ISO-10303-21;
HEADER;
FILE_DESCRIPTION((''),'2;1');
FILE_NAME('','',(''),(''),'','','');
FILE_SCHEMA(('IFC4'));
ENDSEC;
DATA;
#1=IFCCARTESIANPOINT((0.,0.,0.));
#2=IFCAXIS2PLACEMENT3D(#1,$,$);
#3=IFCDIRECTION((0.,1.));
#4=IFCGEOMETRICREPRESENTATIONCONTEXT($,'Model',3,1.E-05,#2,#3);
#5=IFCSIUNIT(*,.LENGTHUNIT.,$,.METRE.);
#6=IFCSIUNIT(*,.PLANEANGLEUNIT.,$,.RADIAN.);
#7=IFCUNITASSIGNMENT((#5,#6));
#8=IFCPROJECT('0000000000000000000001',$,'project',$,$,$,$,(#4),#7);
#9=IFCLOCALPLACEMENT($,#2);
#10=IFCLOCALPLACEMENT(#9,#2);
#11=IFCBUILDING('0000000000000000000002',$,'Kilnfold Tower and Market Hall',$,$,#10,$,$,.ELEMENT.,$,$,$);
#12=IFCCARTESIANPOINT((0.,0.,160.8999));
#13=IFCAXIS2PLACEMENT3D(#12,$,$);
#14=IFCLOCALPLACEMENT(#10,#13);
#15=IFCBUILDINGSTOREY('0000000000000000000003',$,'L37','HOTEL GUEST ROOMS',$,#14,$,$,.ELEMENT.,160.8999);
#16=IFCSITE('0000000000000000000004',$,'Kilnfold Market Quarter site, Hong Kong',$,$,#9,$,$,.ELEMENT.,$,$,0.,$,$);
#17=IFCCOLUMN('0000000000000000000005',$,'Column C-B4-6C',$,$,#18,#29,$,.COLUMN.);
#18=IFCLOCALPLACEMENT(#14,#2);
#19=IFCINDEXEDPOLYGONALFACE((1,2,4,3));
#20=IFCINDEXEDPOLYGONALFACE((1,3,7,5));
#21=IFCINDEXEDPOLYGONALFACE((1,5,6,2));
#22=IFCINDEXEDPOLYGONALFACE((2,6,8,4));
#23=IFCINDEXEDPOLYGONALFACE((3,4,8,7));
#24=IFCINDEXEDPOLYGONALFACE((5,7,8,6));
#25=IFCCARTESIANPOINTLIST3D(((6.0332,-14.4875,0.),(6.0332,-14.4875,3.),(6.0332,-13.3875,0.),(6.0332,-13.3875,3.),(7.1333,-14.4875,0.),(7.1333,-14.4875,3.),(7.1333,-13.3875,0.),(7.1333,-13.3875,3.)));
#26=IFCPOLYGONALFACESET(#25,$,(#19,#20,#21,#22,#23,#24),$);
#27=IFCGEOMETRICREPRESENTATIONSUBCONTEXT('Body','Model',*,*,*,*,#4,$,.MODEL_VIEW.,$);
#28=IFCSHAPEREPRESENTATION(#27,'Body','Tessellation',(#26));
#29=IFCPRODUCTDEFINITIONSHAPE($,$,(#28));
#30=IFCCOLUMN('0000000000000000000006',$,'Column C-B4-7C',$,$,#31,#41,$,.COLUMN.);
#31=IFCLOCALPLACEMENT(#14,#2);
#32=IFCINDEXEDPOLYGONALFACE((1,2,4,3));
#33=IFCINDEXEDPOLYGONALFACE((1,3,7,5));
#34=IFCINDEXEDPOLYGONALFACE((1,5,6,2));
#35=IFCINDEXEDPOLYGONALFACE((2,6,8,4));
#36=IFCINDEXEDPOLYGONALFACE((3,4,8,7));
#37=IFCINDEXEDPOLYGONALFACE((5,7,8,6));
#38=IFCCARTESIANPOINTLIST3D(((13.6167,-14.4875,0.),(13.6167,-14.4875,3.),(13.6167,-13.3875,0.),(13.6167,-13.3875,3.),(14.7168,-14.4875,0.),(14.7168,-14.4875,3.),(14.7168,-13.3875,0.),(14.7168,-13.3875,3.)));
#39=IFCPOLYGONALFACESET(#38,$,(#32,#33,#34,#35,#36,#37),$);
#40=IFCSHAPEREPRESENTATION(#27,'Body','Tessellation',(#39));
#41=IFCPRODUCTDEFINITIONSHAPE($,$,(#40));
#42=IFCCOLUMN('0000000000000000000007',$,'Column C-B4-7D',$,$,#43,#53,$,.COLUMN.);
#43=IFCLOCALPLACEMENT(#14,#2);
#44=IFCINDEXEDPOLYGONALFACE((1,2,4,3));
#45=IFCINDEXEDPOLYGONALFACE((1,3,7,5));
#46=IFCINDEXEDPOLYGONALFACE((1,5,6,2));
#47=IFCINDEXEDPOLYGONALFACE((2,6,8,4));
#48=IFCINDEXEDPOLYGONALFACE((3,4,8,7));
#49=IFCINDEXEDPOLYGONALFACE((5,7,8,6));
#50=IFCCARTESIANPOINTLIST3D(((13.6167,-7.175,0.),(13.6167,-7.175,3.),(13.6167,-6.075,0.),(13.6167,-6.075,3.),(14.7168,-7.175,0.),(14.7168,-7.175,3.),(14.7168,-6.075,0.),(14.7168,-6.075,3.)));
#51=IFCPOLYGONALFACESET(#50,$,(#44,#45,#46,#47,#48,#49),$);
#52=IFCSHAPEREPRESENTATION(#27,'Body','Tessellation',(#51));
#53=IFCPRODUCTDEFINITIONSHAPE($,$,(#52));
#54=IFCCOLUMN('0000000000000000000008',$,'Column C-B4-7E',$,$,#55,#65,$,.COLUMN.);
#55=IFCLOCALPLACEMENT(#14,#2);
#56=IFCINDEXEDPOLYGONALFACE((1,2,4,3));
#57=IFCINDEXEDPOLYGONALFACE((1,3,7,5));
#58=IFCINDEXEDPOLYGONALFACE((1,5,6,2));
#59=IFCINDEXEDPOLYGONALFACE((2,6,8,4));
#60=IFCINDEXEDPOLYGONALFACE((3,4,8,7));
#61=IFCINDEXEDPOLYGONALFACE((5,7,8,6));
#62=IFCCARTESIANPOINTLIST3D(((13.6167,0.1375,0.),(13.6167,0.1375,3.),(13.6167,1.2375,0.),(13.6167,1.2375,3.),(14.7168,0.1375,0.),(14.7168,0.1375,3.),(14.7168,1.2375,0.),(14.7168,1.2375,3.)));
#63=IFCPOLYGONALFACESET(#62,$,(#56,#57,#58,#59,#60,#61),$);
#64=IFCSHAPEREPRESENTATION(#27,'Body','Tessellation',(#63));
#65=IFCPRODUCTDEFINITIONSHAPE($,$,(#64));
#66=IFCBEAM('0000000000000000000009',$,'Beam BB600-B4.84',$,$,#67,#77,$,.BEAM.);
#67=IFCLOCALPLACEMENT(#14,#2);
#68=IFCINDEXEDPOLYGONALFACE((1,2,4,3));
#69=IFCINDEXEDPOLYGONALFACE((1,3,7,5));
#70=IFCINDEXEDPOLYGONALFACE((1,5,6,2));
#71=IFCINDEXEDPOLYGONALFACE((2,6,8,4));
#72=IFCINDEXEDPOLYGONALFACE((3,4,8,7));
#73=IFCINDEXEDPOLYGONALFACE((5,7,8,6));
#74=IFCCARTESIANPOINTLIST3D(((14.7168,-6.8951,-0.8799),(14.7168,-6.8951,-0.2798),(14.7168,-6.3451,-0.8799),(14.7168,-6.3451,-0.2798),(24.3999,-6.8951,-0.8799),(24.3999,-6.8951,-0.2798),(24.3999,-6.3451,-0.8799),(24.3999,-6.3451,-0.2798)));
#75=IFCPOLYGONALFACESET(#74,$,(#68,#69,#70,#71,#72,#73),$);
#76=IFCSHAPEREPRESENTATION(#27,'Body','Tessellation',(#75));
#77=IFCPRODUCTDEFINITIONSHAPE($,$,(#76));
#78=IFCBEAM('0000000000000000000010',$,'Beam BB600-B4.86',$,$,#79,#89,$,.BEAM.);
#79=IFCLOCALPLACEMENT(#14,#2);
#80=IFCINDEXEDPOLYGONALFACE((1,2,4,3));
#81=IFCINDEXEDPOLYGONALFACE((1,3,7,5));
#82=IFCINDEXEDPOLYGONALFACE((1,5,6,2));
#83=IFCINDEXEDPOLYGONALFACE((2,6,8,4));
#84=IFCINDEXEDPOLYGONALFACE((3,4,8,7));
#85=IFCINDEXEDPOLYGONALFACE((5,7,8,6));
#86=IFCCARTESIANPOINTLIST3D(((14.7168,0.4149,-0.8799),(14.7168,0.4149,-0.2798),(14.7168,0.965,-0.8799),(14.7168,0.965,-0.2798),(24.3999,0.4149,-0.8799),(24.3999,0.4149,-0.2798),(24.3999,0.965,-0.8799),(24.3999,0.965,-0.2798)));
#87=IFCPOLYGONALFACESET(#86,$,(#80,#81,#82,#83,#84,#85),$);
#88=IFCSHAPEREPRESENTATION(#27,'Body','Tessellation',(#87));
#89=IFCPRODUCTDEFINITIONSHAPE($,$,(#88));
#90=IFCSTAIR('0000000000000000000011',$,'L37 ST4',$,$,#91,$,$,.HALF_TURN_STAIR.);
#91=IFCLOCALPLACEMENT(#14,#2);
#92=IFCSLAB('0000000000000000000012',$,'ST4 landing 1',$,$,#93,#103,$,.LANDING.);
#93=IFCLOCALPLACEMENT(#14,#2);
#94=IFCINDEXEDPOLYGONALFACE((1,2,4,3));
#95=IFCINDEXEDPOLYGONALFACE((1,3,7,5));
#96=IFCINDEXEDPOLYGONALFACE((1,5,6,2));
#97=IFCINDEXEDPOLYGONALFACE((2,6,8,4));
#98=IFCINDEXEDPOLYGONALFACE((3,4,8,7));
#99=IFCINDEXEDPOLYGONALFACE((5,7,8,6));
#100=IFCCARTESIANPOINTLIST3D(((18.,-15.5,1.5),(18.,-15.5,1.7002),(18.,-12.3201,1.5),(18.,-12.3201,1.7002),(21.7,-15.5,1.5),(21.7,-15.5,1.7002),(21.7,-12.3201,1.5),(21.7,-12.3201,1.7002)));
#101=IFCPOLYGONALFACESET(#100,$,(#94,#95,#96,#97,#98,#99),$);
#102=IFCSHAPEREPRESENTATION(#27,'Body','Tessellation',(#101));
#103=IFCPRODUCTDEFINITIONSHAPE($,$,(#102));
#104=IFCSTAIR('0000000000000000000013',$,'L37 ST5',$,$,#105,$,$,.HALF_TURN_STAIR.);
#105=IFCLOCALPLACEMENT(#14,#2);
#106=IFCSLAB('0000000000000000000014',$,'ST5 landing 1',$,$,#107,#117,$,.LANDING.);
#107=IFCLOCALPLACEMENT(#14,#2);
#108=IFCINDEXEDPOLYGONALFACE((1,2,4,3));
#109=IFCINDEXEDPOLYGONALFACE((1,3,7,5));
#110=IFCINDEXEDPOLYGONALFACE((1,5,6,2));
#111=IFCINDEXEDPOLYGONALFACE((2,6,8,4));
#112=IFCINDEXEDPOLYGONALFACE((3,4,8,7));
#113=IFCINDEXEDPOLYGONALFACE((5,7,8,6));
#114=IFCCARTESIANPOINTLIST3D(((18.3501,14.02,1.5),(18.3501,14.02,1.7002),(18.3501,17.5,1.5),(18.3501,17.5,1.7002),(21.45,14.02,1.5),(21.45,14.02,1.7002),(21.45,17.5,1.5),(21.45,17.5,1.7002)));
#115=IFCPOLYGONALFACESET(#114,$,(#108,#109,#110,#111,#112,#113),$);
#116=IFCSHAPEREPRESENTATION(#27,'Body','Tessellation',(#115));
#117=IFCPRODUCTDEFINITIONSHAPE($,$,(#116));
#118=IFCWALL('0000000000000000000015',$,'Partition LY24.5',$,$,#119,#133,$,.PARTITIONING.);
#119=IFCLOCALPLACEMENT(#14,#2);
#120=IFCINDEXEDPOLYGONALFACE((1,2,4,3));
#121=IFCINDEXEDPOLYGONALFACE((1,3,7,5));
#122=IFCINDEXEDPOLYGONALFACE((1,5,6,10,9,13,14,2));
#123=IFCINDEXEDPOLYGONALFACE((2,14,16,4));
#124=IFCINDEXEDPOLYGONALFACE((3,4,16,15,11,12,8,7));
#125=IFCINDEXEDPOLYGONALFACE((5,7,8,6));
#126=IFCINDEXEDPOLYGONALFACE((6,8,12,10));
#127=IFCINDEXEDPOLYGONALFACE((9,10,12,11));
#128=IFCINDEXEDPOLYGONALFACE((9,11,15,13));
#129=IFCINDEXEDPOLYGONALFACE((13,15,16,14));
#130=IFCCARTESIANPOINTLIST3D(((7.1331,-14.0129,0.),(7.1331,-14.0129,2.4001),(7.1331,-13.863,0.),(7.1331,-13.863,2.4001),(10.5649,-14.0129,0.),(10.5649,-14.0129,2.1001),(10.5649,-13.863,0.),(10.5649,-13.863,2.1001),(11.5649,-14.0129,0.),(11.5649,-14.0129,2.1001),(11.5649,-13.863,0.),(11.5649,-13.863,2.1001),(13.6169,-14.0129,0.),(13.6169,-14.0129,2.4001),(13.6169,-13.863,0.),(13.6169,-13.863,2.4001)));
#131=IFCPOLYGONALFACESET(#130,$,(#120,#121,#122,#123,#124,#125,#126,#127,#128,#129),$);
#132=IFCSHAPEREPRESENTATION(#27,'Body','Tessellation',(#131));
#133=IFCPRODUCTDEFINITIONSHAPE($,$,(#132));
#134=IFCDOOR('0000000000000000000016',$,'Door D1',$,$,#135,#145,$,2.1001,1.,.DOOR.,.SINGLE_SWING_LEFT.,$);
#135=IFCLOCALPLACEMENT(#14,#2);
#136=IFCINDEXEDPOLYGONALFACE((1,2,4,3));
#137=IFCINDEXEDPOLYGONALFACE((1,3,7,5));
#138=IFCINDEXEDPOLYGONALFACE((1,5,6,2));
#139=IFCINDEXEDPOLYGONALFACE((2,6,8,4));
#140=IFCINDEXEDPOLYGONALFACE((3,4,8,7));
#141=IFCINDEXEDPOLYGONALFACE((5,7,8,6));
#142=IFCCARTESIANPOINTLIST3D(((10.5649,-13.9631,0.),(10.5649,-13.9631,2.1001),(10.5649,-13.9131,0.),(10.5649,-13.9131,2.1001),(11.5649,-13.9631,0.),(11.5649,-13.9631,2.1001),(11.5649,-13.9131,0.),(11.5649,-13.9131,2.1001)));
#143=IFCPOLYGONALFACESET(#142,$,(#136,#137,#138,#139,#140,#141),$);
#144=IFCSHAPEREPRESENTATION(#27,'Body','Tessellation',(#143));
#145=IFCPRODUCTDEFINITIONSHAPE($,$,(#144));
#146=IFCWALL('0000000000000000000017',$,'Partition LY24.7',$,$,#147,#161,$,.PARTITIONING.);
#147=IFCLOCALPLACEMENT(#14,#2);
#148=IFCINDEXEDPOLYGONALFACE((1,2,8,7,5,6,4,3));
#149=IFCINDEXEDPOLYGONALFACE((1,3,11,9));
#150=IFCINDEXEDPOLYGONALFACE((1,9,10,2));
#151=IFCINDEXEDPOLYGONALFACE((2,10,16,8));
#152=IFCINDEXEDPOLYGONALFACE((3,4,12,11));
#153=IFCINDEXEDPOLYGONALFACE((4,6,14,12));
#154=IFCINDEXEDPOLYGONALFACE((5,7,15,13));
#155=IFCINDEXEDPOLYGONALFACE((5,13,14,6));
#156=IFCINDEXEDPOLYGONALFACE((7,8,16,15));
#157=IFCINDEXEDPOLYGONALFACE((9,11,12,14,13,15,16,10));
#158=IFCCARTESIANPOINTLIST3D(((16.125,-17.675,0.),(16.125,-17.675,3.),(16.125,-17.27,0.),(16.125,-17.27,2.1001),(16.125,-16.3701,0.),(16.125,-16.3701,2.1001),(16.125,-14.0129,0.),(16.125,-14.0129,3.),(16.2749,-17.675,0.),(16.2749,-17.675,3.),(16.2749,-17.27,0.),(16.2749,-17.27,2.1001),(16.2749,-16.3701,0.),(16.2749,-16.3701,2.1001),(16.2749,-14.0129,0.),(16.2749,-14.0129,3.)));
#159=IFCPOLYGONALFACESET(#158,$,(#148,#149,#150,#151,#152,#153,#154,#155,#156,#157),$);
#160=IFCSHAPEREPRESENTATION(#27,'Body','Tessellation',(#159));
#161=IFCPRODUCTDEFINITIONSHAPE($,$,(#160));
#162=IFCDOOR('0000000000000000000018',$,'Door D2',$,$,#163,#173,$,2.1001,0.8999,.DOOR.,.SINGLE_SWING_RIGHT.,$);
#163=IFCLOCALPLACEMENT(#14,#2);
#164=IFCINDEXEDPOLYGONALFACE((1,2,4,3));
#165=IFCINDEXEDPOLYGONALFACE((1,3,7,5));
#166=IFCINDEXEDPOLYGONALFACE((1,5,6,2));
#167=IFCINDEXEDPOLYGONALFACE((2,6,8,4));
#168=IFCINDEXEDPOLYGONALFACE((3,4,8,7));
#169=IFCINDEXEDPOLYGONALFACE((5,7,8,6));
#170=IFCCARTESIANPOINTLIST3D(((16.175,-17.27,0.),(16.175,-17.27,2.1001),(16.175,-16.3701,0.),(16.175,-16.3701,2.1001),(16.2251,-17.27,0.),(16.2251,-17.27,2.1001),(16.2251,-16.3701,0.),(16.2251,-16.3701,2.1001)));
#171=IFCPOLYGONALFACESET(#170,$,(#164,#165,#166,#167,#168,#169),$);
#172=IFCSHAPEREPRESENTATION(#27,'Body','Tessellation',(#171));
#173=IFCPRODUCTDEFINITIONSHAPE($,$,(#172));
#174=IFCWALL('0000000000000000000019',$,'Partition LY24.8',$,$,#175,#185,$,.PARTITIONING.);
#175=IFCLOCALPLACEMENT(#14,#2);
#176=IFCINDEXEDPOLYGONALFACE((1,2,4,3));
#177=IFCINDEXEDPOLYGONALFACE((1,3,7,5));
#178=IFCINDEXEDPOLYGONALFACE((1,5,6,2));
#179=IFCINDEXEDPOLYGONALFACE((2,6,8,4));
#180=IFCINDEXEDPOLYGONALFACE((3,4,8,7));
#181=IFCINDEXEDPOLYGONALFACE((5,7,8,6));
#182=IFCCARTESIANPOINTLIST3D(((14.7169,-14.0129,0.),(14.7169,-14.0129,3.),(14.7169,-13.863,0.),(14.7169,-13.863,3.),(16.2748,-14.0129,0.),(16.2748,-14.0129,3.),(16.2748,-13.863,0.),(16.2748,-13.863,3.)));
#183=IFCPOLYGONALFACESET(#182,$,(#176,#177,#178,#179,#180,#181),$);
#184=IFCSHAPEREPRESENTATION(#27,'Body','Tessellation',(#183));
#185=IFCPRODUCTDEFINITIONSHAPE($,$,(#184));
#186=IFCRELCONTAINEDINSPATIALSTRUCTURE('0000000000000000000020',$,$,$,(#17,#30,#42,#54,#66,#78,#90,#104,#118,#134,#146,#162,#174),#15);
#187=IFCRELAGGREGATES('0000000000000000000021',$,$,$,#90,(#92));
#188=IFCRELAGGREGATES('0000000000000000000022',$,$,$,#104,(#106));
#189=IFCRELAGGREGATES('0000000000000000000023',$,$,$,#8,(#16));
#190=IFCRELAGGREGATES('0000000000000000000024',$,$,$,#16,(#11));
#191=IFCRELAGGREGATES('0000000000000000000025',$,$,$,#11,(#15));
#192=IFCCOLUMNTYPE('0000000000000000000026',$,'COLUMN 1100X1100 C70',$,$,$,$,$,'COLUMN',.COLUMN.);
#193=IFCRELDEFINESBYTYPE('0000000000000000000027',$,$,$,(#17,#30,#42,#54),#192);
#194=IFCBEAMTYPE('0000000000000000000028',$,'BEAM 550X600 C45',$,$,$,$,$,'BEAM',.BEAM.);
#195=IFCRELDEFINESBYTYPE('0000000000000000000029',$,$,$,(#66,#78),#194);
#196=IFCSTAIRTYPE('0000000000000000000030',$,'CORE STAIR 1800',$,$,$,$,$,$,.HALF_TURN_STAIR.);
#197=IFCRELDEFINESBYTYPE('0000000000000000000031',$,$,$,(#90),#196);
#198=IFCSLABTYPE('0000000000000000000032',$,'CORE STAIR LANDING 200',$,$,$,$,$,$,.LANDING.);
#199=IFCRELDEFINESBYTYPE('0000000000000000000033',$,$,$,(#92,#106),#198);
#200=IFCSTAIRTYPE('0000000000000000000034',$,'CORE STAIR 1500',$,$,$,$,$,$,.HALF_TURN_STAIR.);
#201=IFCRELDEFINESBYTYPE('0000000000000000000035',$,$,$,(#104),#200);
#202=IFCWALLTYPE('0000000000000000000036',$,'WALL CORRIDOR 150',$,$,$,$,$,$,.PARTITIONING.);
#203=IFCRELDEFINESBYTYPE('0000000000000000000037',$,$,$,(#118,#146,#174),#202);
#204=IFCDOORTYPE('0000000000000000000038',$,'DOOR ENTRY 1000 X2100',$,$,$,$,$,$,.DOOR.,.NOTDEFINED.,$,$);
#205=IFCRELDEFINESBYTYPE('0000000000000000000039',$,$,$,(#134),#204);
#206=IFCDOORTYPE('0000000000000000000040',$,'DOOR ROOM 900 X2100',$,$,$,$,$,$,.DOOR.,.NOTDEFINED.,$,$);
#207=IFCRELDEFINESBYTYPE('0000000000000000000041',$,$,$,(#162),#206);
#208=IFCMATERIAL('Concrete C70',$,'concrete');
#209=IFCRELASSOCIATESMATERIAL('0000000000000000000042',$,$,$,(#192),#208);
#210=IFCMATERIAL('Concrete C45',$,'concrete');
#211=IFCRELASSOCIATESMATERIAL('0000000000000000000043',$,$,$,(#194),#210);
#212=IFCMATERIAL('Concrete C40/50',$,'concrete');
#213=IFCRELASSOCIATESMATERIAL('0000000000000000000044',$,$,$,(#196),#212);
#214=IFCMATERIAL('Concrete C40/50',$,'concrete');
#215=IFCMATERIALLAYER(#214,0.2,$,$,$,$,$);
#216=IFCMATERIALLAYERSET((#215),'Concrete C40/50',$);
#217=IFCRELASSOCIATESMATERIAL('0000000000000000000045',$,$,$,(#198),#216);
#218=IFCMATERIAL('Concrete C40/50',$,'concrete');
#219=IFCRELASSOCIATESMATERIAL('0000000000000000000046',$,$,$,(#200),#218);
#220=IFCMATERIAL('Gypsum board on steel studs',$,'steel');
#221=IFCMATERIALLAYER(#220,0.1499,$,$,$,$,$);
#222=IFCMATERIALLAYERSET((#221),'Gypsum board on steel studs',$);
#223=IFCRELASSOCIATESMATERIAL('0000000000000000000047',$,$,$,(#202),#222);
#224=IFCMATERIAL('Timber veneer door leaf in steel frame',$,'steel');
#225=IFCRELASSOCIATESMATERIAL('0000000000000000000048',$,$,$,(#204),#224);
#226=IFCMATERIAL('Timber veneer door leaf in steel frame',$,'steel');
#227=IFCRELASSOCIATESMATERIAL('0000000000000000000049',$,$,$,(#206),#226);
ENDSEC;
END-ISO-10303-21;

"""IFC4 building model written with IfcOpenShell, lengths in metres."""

from ifc_helpers import new_model, si_unit, direction, frame, frame_2d, origin, origin_2d, place, context, subcontext, project, spatial, polyline, rectangle, outline, extrude, source, transform, mapped, material, layer, layer_set, material_profile, profile_set, type_object, element, fill, aggregate, save


model = new_model("IFC4")

# Units and contexts
model_context = context("Model", 3, precision=1e-05, world=origin(), true_north=direction((0.0, 1.0)))
body_context = subcontext(model_context, "Body", "Model", "MODEL_VIEW")
ifc_project = project(units=[si_unit("LENGTHUNIT", "METRE"), si_unit("PLANEANGLEUNIT", "RADIAN")], contexts=[model_context])

# Site, building, storey
site_placement = place(None, origin())
site = spatial("IfcSite", under=ifc_project, at=site_placement, Name="Kilnfold Market Quarter site, Hong Kong", CompositionType="ELEMENT", RefElevation=0.0)
building_placement = place(site_placement, origin())
building = spatial("IfcBuilding", under=site, at=building_placement, Name="Kilnfold Tower and Market Hall", CompositionType="ELEMENT")
storey_placement = place(building_placement, frame((0.0, 0.0, 160.8999)))
storey = spatial("IfcBuildingStorey", under=building, at=storey_placement, Name="L37", Description="HOTEL GUEST ROOMS", CompositionType="ELEMENT", Elevation=160.8999)

# Columns
ifc_material_1 = material(Name="Concrete C70", Category="concrete")
ifc_material_profile_1 = material_profile(ifc_material_1, rectangle(XDim=1.1001, YDim=1.1001, at=origin_2d()), Name="RC 1100x1100")
ifc_profile_set_1 = profile_set([ifc_material_profile_1], Name="Concrete C70")
column_type = type_object("IfcColumnType", Name="COLUMN 1100X1100 C70", ElementType="COLUMN", PredefinedType="COLUMN", material=ifc_profile_set_1)
shared_shape_1 = source(origin(), body_context, "Body", "SweptSolid", [
    extrude(rectangle(XDim=1.1001, YDim=1.1001, at=origin_2d()), origin(), (0.0, 0.0, 1.0), 3.0),
])
for number, where, z_axis, x_axis, name in (
    (1, (6.5833, -13.9375, 0.0), (0.0, 0.0, 1.0), (1.0, 0.0, 0.0), "Column C-B4-6C"),
    (2, (14.1667, -13.9375, 0.0), (0.0, 0.0, 1.0), (1.0, 0.0, 0.0), "Column C-B4-7C"),
    (3, (14.1667, -6.625, 0.0), (0.0, 0.0, 1.0), (1.0, 0.0, 0.0), "Column C-B4-7D"),
    (4, (14.1667, 0.6875, 0.0), (0.0, 0.0, 1.0), (1.0, 0.0, 0.0), "Column C-B4-7E"),
):
    element("IfcColumn", number, at=place(storey_placement, frame(where, z_axis=z_axis, x_axis=x_axis)), inside=storey, type_object=column_type, Name=name, PredefinedType="COLUMN", context=body_context, shape_type="MappedRepresentation", body=[
        mapped(shared_shape_1, transform((0.0, 0.0, 0.0))),
    ])

# Beams
ifc_material_2 = material(Name="Concrete C45", Category="concrete")
ifc_material_profile_2 = material_profile(ifc_material_2, rectangle(XDim=0.55, YDim=0.6001, at=origin_2d()), Name="RC 550x600")
ifc_profile_set_2 = profile_set([ifc_material_profile_2], Name="Concrete C45")
beam_type = type_object("IfcBeamType", Name="BEAM 550X600 C45", ElementType="BEAM", PredefinedType="BEAM", material=ifc_profile_set_2)
shared_shape_2 = source(origin(), body_context, "Body", "SweptSolid", [
    extrude(rectangle(XDim=0.55, YDim=0.6001, at=origin_2d()), origin(), (0.0, 0.0, 1.0), 9.6831),
])
for number, where, z_axis, x_axis, name in (
    (5, (14.7168, -6.6201, -0.5798), (1.0, 0.0, 0.0), (0.0, 1.0, 0.0), "Beam BB600-B4.84"),
    (6, (14.7168, 0.6899, -0.5798), (1.0, 0.0, 0.0), (0.0, 1.0, 0.0), "Beam BB600-B4.86"),
):
    element("IfcBeam", number, at=place(storey_placement, frame(where, z_axis=z_axis, x_axis=x_axis)), inside=storey, type_object=beam_type, Name=name, PredefinedType="BEAM", context=body_context, shape_type="MappedRepresentation", body=[
        mapped(shared_shape_2, transform((0.0, 0.0, 0.0))),
    ])

# Stairs, slabs
ifc_material_3 = material(Name="Concrete C40/50", Category="concrete")
stair_type_1 = type_object("IfcStairType", Name="CORE STAIR 1800", PredefinedType="HALF_TURN_STAIR", material=ifc_material_3)
stair_1_placement = place(storey_placement, origin())
stair_1 = element("IfcStair", 7, at=stair_1_placement, inside=storey, type_object=stair_type_1, Name="L37 ST4", PredefinedType="HALF_TURN_STAIR")
ifc_material_4 = material(Name="Concrete C40/50", Category="concrete")
ifc_layer_1 = layer(ifc_material_4, 0.2)
ifc_layer_set_1 = layer_set([ifc_layer_1], Name="Concrete C40/50")
slab_type = type_object("IfcSlabType", Name="CORE STAIR LANDING 200", PredefinedType="LANDING", material=ifc_layer_set_1)
shared_shape_3 = source(origin(), body_context, "Body", "SweptSolid", [
    extrude(outline(polyline([(18.0, -12.3201), (18.0, -15.5), (21.7, -15.5), (21.7, -12.3201), (18.0, -12.3201)])), origin(), (0.0, 0.0, 1.0), 0.2002),
])
slab_1_placement = place(storey_placement, frame((0.0, 0.0, 1.5)))
slab_1 = element("IfcSlab", 8, at=slab_1_placement, type_object=slab_type, Name="ST4 landing 1", PredefinedType="LANDING", context=body_context, shape_type="MappedRepresentation", body=[
    mapped(shared_shape_3, transform((0.0, 0.0, 0.0))),
])
aggregate(stair_1, [slab_1])
ifc_material_5 = material(Name="Concrete C40/50", Category="concrete")
stair_type_2 = type_object("IfcStairType", Name="CORE STAIR 1500", PredefinedType="HALF_TURN_STAIR", material=ifc_material_5)
stair_2_placement = place(storey_placement, origin())
stair_2 = element("IfcStair", 9, at=stair_2_placement, inside=storey, type_object=stair_type_2, Name="L37 ST5", PredefinedType="HALF_TURN_STAIR")
shared_shape_4 = source(origin(), body_context, "Body", "SweptSolid", [
    extrude(outline(polyline([(21.45, 14.02), (21.45, 17.5), (18.3501, 17.5), (18.3501, 14.02), (21.45, 14.02)])), origin(), (0.0, 0.0, 1.0), 0.2002),
])
slab_2_placement = place(storey_placement, frame((0.0, 0.0, 1.5)))
slab_2 = element("IfcSlab", 10, at=slab_2_placement, type_object=slab_type, Name="ST5 landing 1", PredefinedType="LANDING", context=body_context, shape_type="MappedRepresentation", body=[
    mapped(shared_shape_4, transform((0.0, 0.0, 0.0))),
])
aggregate(stair_2, [slab_2])

# Walls, openings, doors
ifc_material_6 = material(Name="Gypsum board on steel studs", Category="steel")
ifc_layer_2 = layer(ifc_material_6, 0.1499)
ifc_layer_set_2 = layer_set([ifc_layer_2], Name="Gypsum board on steel studs")
wall_type_1 = type_object("IfcWallType", Name="WALL CORRIDOR 150", PredefinedType="PARTITIONING", material=ifc_layer_set_2)
wall_1_placement = place(storey_placement, frame((7.1331, -13.938, 0.0), z_axis=(0.0, 0.0, 1.0), x_axis=(1.0, 0.0, 0.0)))
wall_1 = element("IfcWall", 11, at=wall_1_placement, inside=storey, type_object=wall_type_1, Name="Partition LY24.5", PredefinedType="PARTITIONING", context=body_context, shape_type="SweptSolid", body=[
    extrude(rectangle(XDim=6.4839, YDim=0.1499, at=frame_2d((3.2419, 0.0))), origin(), (0.0, 0.0, 1.0), 2.4001),
])
opening_1_placement = place(wall_1_placement, frame((3.4319, 0.0, 0.0)))
opening_1 = element("IfcOpeningElement", 12, at=opening_1_placement, cuts=wall_1, PredefinedType="OPENING", context=body_context, shape_type="SweptSolid", body=[
    extrude(rectangle(XDim=1.0, YDim=2.1001, at=frame_2d((0.5, 1.05))), frame((0.0, 0.085, 0.0), z_axis=(0.0, -1.0, 0.0), x_axis=(1.0, 0.0, 0.0)), (0.0, 0.0, 1.0), 0.1699),
])
ifc_material_7 = material(Name="Timber veneer door leaf in steel frame", Category="steel")
door_type_1 = type_object("IfcDoorType", Name="DOOR ENTRY 1000 X2100", OperationType="NOTDEFINED", PredefinedType="DOOR", material=ifc_material_7)
door_1_placement = place(opening_1_placement, origin())
door_1 = element("IfcDoor", 13, at=door_1_placement, inside=storey, type_object=door_type_1, Name="Door D1", OperationType="SINGLE_SWING_LEFT", OverallHeight=2.1001, OverallWidth=1.0, PredefinedType="DOOR", context=body_context, shape_type="SweptSolid", body=[
    extrude(rectangle(XDim=1.0, YDim=2.1001, at=frame_2d((0.5, 1.05))), frame((0.0, 0.0249, 0.0), z_axis=(0.0, -1.0, 0.0), x_axis=(1.0, 0.0, 0.0)), (0.0, 0.0, 1.0), 0.05),
])
fill(opening_1, door_1)
wall_2_placement = place(storey_placement, frame((16.2, -17.675, 0.0), z_axis=(0.0, 0.0, 1.0), x_axis=(0.0, 1.0, 0.0)))
wall_2 = element("IfcWall", 14, at=wall_2_placement, inside=storey, type_object=wall_type_1, Name="Partition LY24.7", PredefinedType="PARTITIONING", context=body_context, shape_type="SweptSolid", body=[
    extrude(rectangle(XDim=3.6621, YDim=0.1499, at=frame_2d((1.8311, 0.0))), origin(), (0.0, 0.0, 1.0), 3.0),
])
opening_2_placement = place(wall_2_placement, frame((0.405, 0.0, 0.0)))
opening_2 = element("IfcOpeningElement", 15, at=opening_2_placement, cuts=wall_2, PredefinedType="OPENING", context=body_context, shape_type="SweptSolid", body=[
    extrude(rectangle(XDim=0.8999, YDim=2.1001, at=frame_2d((0.45, 1.05))), frame((0.0, 0.085, 0.0), z_axis=(0.0, -1.0, 0.0), x_axis=(1.0, 0.0, 0.0)), (0.0, 0.0, 1.0), 0.1699),
])
ifc_material_8 = material(Name="Timber veneer door leaf in steel frame", Category="steel")
door_type_2 = type_object("IfcDoorType", Name="DOOR ROOM 900 X2100", OperationType="NOTDEFINED", PredefinedType="DOOR", material=ifc_material_8)
door_2_placement = place(opening_2_placement, origin())
door_2 = element("IfcDoor", 16, at=door_2_placement, inside=storey, type_object=door_type_2, Name="Door D2", OperationType="SINGLE_SWING_RIGHT", OverallHeight=2.1001, OverallWidth=0.8999, PredefinedType="DOOR", context=body_context, shape_type="SweptSolid", body=[
    extrude(rectangle(XDim=0.8999, YDim=2.1001, at=frame_2d((0.45, 1.05))), frame((0.0, 0.0249, 0.0), z_axis=(0.0, -1.0, 0.0), x_axis=(1.0, 0.0, 0.0)), (0.0, 0.0, 1.0), 0.05),
])
fill(opening_2, door_2)

# Wall
wall_3_placement = place(storey_placement, frame((14.717, -13.938, 0.0), z_axis=(0.0, 0.0, 1.0), x_axis=(1.0, 0.0, 0.0)))
element("IfcWall", 17, at=wall_3_placement, inside=storey, type_object=wall_type_1, Name="Partition LY24.8", PredefinedType="PARTITIONING", context=body_context, shape_type="SweptSolid", body=[
    extrude(rectangle(XDim=1.5579, YDim=0.1499, at=frame_2d((0.7788, 0.0))), origin(), (0.0, 0.0, 1.0), 3.0),
])

save(model, "model.ifc")
